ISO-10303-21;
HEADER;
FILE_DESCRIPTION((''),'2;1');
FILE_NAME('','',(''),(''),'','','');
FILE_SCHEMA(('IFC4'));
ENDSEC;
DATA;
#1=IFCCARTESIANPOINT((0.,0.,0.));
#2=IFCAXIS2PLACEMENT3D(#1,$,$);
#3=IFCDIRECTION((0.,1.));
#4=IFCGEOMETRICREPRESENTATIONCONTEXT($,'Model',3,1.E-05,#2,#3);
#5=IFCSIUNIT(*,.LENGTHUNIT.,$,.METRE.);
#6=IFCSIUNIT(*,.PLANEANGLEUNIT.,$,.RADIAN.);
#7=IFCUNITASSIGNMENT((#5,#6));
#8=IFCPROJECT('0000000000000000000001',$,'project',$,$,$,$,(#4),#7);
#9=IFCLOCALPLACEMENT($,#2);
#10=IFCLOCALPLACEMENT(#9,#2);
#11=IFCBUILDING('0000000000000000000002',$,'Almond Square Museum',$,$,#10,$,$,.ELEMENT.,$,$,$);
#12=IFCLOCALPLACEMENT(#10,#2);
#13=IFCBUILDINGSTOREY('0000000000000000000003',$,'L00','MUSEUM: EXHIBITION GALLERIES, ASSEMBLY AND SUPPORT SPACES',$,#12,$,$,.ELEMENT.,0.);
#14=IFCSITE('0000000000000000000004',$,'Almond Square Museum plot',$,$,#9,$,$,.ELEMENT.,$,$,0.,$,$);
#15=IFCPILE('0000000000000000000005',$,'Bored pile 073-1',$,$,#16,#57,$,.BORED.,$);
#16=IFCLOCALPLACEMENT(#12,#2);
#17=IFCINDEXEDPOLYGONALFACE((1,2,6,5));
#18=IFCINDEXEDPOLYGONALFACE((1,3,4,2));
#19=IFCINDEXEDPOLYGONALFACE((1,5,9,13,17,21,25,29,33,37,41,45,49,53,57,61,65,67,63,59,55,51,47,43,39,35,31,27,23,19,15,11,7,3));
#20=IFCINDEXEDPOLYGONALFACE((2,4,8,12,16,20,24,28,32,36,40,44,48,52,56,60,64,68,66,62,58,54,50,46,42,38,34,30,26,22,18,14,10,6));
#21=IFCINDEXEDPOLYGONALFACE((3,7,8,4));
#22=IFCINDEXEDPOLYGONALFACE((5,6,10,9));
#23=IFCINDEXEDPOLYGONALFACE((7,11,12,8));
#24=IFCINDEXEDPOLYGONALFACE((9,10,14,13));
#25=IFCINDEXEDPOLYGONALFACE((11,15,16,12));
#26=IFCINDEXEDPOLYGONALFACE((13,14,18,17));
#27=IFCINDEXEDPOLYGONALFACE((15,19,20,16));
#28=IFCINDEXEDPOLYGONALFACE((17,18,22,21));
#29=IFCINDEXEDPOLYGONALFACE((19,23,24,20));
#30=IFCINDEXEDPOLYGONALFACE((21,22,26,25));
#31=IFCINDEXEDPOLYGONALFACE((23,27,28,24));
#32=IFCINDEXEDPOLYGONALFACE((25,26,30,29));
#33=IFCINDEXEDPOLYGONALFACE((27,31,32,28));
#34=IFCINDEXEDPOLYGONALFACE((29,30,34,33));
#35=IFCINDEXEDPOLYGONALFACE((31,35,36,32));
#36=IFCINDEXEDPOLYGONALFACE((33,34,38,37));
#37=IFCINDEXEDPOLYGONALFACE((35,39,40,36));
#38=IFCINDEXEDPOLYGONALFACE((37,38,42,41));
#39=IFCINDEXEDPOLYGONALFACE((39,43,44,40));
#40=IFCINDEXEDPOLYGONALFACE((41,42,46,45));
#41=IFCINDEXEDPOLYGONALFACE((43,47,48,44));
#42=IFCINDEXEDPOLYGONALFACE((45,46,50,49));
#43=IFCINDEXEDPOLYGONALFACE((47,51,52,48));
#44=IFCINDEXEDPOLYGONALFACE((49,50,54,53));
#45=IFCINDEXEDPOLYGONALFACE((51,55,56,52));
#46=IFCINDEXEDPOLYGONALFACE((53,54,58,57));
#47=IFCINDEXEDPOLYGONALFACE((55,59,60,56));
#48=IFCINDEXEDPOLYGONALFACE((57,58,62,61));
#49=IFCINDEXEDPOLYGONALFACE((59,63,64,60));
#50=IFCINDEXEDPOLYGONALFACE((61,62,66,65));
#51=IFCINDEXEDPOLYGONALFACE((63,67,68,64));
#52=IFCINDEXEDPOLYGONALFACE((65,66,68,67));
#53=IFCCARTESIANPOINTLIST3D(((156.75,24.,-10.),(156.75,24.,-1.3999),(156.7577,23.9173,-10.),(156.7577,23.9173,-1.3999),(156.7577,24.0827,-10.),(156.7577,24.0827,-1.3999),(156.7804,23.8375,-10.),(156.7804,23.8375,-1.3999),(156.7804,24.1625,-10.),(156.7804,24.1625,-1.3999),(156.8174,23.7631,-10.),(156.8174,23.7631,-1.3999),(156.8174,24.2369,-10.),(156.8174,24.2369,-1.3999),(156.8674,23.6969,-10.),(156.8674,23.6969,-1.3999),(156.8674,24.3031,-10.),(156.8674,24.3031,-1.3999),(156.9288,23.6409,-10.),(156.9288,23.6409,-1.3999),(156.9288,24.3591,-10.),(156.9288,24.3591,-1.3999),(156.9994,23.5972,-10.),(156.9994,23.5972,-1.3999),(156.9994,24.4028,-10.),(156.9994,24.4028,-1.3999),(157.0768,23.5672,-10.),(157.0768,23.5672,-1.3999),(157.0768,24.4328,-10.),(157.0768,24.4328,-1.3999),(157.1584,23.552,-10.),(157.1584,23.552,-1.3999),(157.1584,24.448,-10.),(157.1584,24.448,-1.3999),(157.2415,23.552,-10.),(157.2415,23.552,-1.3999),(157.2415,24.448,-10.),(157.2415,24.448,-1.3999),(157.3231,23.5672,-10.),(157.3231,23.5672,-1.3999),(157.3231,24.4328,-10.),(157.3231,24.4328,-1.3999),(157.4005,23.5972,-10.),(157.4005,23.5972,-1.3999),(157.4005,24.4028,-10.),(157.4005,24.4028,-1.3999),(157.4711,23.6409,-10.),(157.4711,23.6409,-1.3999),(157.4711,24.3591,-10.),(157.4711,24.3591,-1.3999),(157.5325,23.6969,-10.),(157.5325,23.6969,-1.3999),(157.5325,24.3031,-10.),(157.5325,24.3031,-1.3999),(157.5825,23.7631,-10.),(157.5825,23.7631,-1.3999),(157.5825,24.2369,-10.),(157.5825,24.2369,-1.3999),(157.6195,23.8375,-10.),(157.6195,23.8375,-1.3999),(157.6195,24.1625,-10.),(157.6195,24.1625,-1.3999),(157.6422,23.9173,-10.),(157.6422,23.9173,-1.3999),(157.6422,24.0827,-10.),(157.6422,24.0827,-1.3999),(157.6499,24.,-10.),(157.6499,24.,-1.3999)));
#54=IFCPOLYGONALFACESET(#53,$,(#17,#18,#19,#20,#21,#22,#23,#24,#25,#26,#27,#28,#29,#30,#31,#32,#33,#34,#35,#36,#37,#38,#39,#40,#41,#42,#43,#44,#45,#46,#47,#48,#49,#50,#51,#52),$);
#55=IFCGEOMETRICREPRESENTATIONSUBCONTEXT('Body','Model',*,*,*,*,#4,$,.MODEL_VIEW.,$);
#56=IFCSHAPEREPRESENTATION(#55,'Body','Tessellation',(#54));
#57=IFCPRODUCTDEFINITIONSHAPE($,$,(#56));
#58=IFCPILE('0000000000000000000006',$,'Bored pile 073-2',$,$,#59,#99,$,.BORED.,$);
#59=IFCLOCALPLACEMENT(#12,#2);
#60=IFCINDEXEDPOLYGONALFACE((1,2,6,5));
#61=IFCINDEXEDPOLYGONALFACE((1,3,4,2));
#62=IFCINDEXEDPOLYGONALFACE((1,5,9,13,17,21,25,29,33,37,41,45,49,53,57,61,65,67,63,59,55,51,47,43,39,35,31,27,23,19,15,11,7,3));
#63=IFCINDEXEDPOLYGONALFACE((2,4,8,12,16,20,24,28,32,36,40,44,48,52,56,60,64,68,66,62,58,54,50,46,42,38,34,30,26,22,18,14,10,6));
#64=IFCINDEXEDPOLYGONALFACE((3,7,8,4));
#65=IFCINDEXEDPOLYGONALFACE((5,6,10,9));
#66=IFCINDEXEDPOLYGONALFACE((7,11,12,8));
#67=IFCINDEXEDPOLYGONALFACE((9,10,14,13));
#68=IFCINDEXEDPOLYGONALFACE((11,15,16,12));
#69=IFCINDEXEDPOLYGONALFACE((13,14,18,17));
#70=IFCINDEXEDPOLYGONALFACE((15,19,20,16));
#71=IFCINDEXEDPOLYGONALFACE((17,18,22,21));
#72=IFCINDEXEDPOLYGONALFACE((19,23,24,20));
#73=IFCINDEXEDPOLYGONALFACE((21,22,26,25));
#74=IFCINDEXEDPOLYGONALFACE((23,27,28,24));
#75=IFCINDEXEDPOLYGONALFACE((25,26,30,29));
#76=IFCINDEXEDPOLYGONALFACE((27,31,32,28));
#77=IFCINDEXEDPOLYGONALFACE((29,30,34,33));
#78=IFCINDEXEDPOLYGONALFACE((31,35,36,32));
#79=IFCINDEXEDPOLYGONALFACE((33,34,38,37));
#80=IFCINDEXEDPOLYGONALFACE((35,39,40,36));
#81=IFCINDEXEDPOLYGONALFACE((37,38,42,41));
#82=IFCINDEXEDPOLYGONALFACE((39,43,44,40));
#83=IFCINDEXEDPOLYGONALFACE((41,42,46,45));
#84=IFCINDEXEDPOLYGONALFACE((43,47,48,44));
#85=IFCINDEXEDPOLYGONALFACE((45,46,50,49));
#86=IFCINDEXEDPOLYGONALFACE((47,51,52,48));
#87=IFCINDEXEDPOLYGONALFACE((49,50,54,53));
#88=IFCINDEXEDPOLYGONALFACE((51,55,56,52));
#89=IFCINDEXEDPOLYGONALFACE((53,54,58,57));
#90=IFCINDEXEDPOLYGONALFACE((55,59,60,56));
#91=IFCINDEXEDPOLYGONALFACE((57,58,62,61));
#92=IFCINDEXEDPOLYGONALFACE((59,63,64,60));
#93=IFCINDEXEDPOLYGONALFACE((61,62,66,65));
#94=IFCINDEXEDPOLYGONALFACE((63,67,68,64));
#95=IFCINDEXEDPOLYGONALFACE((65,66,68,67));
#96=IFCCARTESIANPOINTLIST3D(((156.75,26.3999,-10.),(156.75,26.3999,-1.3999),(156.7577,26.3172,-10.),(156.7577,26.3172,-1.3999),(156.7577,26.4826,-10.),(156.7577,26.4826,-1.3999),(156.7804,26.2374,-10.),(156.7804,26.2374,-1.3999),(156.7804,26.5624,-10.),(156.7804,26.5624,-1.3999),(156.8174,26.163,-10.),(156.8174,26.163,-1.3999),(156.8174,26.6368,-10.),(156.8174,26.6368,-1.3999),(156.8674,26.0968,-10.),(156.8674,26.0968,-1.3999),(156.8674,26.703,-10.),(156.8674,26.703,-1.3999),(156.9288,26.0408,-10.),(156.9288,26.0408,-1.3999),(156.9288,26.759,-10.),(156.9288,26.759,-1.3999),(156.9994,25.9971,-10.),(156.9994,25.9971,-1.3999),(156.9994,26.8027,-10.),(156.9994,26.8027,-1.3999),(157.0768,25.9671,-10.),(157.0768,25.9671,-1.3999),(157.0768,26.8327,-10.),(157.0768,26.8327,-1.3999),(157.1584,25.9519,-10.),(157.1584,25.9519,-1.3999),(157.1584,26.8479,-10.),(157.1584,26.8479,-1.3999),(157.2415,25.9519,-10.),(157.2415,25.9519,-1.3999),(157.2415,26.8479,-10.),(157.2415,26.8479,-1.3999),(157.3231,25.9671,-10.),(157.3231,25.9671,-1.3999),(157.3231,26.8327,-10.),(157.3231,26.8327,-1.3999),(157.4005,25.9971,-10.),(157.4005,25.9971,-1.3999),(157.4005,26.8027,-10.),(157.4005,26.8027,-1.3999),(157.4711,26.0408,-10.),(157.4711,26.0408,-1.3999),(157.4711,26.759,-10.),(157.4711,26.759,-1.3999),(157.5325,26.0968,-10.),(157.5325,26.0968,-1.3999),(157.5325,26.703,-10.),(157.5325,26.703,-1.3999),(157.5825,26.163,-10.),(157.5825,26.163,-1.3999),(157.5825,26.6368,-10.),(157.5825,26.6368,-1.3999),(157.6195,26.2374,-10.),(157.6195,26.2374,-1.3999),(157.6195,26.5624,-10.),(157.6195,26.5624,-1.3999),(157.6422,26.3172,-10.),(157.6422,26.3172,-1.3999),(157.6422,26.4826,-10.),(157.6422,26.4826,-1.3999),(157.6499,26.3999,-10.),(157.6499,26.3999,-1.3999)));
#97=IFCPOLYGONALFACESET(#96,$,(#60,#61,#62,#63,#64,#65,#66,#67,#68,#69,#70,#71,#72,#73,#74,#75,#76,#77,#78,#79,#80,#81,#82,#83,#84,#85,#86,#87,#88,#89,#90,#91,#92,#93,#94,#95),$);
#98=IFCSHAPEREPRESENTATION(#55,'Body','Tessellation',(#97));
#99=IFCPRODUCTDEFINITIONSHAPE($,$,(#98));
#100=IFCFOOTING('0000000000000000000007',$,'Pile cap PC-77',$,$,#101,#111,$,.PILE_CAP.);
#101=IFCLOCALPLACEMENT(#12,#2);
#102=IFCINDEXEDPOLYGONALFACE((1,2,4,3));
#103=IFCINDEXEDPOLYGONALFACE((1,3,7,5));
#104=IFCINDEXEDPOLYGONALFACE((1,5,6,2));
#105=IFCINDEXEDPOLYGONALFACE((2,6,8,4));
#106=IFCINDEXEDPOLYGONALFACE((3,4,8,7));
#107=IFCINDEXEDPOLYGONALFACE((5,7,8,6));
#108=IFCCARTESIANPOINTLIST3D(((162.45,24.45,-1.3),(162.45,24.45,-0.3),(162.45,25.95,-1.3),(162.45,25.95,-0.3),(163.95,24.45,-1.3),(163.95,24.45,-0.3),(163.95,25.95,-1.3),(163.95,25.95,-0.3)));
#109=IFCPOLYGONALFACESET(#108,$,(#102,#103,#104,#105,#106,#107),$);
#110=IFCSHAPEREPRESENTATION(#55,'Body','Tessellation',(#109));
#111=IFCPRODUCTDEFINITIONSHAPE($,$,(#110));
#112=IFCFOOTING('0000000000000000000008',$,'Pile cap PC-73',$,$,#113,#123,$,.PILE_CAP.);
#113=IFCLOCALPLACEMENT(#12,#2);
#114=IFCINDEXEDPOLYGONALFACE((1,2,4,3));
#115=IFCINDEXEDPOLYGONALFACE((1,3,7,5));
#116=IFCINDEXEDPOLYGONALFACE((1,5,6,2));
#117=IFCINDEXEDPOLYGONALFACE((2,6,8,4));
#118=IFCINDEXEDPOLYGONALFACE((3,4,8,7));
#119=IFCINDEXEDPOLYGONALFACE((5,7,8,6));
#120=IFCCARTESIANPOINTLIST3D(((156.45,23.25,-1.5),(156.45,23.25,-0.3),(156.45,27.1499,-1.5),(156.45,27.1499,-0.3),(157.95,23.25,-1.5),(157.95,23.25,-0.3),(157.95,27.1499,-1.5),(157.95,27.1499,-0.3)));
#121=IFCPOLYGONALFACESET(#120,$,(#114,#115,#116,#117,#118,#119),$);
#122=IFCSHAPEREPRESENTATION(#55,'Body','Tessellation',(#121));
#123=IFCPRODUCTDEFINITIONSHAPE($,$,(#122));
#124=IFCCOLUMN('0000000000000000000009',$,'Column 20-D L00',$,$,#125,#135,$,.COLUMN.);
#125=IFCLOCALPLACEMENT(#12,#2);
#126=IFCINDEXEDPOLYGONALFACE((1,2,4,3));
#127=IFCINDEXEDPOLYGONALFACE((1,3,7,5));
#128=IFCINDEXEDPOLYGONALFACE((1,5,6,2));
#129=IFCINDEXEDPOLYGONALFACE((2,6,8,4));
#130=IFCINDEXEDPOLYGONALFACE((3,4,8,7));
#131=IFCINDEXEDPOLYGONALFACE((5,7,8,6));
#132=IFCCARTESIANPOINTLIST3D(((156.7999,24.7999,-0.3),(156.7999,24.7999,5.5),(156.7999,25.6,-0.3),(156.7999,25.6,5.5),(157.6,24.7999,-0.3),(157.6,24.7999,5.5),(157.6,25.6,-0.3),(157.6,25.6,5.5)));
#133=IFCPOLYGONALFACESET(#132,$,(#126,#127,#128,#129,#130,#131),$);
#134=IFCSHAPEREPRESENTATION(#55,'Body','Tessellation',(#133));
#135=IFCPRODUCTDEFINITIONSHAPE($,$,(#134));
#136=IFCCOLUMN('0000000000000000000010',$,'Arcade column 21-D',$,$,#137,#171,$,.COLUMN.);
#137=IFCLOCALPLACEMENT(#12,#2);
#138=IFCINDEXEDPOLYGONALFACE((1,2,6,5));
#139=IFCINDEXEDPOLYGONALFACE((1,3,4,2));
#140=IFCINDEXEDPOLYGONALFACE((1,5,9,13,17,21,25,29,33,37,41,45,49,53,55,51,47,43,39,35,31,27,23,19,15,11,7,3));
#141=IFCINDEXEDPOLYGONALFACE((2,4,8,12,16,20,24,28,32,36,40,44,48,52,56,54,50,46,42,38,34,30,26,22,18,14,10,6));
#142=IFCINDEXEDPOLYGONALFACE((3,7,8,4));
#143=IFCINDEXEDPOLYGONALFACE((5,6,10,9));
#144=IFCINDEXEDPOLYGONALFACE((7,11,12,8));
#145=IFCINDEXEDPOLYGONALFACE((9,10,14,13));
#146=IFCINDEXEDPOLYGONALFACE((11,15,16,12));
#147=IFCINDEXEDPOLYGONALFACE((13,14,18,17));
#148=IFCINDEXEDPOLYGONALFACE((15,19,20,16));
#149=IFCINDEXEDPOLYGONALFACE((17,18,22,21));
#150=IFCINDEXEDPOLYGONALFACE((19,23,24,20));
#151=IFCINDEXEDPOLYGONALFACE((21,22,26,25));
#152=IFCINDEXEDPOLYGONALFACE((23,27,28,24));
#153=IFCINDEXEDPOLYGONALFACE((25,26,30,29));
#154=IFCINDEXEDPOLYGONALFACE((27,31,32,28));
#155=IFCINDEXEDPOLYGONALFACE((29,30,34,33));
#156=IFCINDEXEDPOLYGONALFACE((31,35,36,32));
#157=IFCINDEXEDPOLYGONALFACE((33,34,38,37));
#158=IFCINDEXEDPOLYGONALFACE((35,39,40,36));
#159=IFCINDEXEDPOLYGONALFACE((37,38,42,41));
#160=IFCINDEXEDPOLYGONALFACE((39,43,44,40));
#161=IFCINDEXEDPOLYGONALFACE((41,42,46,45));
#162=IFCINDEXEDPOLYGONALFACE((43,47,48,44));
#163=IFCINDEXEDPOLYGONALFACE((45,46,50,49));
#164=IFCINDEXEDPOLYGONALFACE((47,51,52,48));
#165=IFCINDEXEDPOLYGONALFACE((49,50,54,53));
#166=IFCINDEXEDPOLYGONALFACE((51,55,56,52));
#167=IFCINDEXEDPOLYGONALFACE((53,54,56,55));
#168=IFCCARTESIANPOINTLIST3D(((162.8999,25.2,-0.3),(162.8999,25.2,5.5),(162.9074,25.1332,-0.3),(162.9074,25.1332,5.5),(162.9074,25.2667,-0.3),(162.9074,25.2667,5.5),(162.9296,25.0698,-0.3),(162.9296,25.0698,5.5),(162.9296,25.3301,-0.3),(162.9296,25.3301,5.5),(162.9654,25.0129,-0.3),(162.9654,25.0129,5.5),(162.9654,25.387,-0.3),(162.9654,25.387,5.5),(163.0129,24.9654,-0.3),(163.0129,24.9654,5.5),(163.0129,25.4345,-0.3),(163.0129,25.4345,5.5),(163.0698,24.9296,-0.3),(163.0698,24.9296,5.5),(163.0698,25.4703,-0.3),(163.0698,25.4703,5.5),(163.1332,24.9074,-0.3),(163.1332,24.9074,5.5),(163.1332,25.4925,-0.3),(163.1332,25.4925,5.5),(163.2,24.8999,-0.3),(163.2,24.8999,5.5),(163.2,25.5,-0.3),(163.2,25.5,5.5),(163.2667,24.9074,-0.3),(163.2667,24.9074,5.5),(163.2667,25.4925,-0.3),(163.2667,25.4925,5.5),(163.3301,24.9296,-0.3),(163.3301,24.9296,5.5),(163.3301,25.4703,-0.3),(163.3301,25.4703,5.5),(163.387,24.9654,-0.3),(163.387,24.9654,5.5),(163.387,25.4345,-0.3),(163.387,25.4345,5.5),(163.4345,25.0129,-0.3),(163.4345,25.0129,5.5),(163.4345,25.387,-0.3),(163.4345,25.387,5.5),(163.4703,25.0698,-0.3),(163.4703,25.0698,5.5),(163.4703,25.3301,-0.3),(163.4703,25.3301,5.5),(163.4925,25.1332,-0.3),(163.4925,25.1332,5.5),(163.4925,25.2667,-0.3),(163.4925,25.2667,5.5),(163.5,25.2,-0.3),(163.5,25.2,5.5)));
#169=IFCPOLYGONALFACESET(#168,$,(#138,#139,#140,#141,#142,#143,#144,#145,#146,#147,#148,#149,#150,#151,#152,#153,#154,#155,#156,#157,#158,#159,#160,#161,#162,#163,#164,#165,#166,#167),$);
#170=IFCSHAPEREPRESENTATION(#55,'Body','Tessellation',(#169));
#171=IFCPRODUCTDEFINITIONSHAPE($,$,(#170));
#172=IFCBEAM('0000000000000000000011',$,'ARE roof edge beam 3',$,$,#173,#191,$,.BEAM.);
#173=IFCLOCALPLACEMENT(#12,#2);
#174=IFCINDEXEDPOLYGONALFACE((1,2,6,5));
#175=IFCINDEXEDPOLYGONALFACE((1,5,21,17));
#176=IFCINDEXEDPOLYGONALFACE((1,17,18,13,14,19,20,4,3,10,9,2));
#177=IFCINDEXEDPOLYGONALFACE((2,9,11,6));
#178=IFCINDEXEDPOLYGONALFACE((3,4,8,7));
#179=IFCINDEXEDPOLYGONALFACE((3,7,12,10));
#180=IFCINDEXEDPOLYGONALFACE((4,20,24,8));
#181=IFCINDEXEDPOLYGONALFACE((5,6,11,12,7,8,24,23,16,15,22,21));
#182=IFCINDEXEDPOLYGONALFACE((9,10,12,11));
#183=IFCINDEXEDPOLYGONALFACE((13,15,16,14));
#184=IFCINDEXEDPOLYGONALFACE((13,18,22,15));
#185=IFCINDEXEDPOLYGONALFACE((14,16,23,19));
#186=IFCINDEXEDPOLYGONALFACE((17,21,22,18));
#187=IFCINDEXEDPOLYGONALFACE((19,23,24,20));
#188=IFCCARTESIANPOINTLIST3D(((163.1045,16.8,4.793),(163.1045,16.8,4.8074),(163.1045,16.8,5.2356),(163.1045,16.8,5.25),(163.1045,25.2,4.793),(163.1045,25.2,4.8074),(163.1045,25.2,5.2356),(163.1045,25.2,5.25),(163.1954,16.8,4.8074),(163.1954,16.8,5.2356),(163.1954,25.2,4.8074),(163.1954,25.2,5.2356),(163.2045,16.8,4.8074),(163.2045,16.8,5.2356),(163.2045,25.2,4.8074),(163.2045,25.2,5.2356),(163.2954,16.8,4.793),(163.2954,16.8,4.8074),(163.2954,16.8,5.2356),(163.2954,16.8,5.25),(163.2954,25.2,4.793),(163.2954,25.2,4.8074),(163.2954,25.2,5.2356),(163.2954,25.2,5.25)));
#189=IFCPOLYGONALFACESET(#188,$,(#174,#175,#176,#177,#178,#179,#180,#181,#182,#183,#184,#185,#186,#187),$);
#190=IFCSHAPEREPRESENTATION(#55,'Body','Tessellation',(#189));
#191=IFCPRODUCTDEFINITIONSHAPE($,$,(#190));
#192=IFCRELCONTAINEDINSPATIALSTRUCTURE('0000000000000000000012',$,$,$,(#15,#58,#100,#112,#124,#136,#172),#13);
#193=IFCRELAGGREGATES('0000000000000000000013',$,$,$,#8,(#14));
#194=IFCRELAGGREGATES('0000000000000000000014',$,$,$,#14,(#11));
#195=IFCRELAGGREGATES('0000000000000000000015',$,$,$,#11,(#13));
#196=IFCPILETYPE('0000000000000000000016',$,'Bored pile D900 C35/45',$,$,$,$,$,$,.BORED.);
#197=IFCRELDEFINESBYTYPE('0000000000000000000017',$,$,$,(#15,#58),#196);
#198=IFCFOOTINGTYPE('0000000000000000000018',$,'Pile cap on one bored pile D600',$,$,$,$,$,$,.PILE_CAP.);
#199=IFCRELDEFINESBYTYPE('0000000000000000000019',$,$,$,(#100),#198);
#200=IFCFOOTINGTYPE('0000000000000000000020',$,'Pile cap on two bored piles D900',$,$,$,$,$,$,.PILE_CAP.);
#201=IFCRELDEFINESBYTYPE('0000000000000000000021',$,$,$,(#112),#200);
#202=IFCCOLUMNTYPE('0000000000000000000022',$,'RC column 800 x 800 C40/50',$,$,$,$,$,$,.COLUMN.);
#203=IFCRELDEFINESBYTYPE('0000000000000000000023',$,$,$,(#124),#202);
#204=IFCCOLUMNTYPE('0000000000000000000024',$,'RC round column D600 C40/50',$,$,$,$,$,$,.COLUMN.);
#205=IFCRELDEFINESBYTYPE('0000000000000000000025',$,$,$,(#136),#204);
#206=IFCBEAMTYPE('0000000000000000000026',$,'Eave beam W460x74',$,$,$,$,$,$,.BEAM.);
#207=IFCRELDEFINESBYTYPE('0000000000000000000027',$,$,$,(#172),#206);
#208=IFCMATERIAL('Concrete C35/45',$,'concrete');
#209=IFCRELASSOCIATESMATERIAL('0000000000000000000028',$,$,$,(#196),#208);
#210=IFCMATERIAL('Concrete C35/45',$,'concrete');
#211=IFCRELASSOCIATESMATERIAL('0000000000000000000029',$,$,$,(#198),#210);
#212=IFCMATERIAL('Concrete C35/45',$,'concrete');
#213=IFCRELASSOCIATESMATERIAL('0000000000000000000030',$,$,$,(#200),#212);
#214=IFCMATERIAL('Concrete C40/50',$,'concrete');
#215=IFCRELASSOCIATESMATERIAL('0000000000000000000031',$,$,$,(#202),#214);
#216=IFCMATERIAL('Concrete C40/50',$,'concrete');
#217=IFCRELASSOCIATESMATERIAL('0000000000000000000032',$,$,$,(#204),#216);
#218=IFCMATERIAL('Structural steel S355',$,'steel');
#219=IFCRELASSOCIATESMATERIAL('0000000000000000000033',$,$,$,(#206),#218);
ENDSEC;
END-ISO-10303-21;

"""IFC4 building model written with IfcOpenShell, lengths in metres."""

from ifc_helpers import new_model, si_unit, direction, frame, origin, origin_2d, place, context, subcontext, project, spatial, rectangle, circle, i_section, extrude, material, material_profile, profile_set, type_object, element, save


model = new_model("IFC4")

# Units and contexts
model_context = context("Model", 3, precision=1e-05, world=origin(), true_north=direction((0.0, 1.0)))
body_context = subcontext(model_context, "Body", "Model", "MODEL_VIEW")
ifc_project = project(units=[si_unit("LENGTHUNIT", "METRE"), si_unit("PLANEANGLEUNIT", "RADIAN")], contexts=[model_context])

# Site, building, storey
site_placement = place(None, origin())
site = spatial("IfcSite", under=ifc_project, at=site_placement, Name="Almond Square Museum plot", CompositionType="ELEMENT", RefElevation=0.0)
building_placement = place(site_placement, origin())
building = spatial("IfcBuilding", under=site, at=building_placement, Name="Almond Square Museum", CompositionType="ELEMENT")
storey_placement = place(building_placement, origin())
storey = spatial("IfcBuildingStorey", under=building, at=storey_placement, Name="L00", Description="MUSEUM: EXHIBITION GALLERIES, ASSEMBLY AND SUPPORT SPACES", CompositionType="ELEMENT", Elevation=0.0)

# Piles
ifc_material_1 = material(Name="Concrete C35/45", Category="concrete")
ifc_material_profile_1 = material_profile(ifc_material_1, circle(Radius=0.45, at=origin_2d()))
ifc_profile_set_1 = profile_set([ifc_material_profile_1], Name="Concrete C35/45")
pile_type_1 = type_object("IfcPileType", Name="Bored pile D900 C35/45", PredefinedType="BORED", material=ifc_profile_set_1)
for number, where, z_axis, x_axis, name in (
    (1, (157.2, 24.0, -1.3999), (0.0, 0.0, -1.0), (1.0, 0.0, 0.0), "Bored pile 073-1"),
    (2, (157.2, 26.3999, -1.3999), (0.0, 0.0, -1.0), (1.0, 0.0, 0.0), "Bored pile 073-2"),
):
    element("IfcPile", number, at=place(storey_placement, frame(where, z_axis=z_axis, x_axis=x_axis)), inside=storey, type_object=pile_type_1, Name=name, PredefinedType="BORED", context=body_context, shape_type="SweptSolid", body=[
        extrude(circle(Radius=0.45, at=origin_2d()), origin(), (0.0, 0.0, 1.0), 8.6001),
    ])

# Footings
ifc_material_2 = material(Name="Concrete C35/45", Category="concrete")
footing_type_1 = type_object("IfcFootingType", Name="Pile cap on one bored pile D600", PredefinedType="PILE_CAP", material=ifc_material_2)
footing_1_placement = place(storey_placement, frame((163.2, 25.2, -1.3), z_axis=(0.0, 0.0, 1.0), x_axis=(1.0, 0.0, 0.0)))
element("IfcFooting", 3, at=footing_1_placement, inside=storey, type_object=footing_type_1, Name="Pile cap PC-77", PredefinedType="PILE_CAP", context=body_context, shape_type="SweptSolid", body=[
    extrude(rectangle(XDim=1.5, YDim=1.5, at=origin_2d()), origin(), (0.0, 0.0, 1.0), 1.0),
])
ifc_material_3 = material(Name="Concrete C35/45", Category="concrete")
footing_type_2 = type_object("IfcFootingType", Name="Pile cap on two bored piles D900", PredefinedType="PILE_CAP", material=ifc_material_3)
footing_2_placement = place(storey_placement, frame((157.2, 25.2, -1.5), z_axis=(0.0, 0.0, 1.0), x_axis=(1.0, 0.0, 0.0)))
element("IfcFooting", 4, at=footing_2_placement, inside=storey, type_object=footing_type_2, Name="Pile cap PC-73", PredefinedType="PILE_CAP", context=body_context, shape_type="SweptSolid", body=[
    extrude(rectangle(XDim=1.5, YDim=3.8999, at=origin_2d()), origin(), (0.0, 0.0, 1.0), 1.2),
])

# Columns
ifc_material_4 = material(Name="Concrete C40/50", Category="concrete")
ifc_material_profile_2 = material_profile(ifc_material_4, rectangle(XDim=0.8, YDim=0.8, at=origin_2d()))
ifc_profile_set_2 = profile_set([ifc_material_profile_2], Name="Concrete C40/50")
column_type_1 = type_object("IfcColumnType", Name="RC column 800 x 800 C40/50", PredefinedType="COLUMN", material=ifc_profile_set_2)
column_1_placement = place(storey_placement, frame((157.2, 25.2, -0.3), z_axis=(0.0, 0.0, 1.0), x_axis=(1.0, 0.0, 0.0)))
element("IfcColumn", 5, at=column_1_placement, inside=storey, type_object=column_type_1, Name="Column 20-D L00", PredefinedType="COLUMN", context=body_context, shape_type="SweptSolid", body=[
    extrude(rectangle(XDim=0.8, YDim=0.8, at=origin_2d()), origin(), (0.0, 0.0, 1.0), 5.8),
])
ifc_material_5 = material(Name="Concrete C40/50", Category="concrete")
ifc_material_profile_3 = material_profile(ifc_material_5, circle(Radius=0.3, at=origin_2d()))
ifc_profile_set_3 = profile_set([ifc_material_profile_3], Name="Concrete C40/50")
column_type_2 = type_object("IfcColumnType", Name="RC round column D600 C40/50", PredefinedType="COLUMN", material=ifc_profile_set_3)
column_2_placement = place(storey_placement, frame((163.2, 25.2, -0.3), z_axis=(0.0, 0.0, 1.0), x_axis=(1.0, 0.0, 0.0)))
element("IfcColumn", 6, at=column_2_placement, inside=storey, type_object=column_type_2, Name="Arcade column 21-D", PredefinedType="COLUMN", context=body_context, shape_type="SweptSolid", body=[
    extrude(circle(Radius=0.3, at=origin_2d()), origin(), (0.0, 0.0, 1.0), 5.8),
])

# Beam
ifc_material_6 = material(Name="Structural steel S355", Category="steel")
ifc_material_profile_4 = material_profile(ifc_material_6, i_section(OverallWidth=0.1909, OverallDepth=0.457, WebThickness=0.009, FlangeThickness=0.0144, at=origin_2d()))
ifc_profile_set_4 = profile_set([ifc_material_profile_4], Name="Structural steel S355")
beam_type_1 = type_object("IfcBeamType", Name="Eave beam W460x74", PredefinedType="BEAM", material=ifc_profile_set_4)
beam_1_placement = place(storey_placement, frame((163.2, 16.8, 5.0215), z_axis=(0.0, 1.0, 0.0), x_axis=(-1.0, 0.0, 0.0)))
element("IfcBeam", 7, at=beam_1_placement, inside=storey, type_object=beam_type_1, Name="ARE roof edge beam 3", PredefinedType="BEAM", context=body_context, shape_type="SweptSolid", body=[
    extrude(i_section(OverallWidth=0.1909, OverallDepth=0.457, WebThickness=0.009, FlangeThickness=0.0144, at=origin_2d()), origin(), (0.0, 0.0, 1.0), 8.3999),
])

save(model, "model.ifc")
